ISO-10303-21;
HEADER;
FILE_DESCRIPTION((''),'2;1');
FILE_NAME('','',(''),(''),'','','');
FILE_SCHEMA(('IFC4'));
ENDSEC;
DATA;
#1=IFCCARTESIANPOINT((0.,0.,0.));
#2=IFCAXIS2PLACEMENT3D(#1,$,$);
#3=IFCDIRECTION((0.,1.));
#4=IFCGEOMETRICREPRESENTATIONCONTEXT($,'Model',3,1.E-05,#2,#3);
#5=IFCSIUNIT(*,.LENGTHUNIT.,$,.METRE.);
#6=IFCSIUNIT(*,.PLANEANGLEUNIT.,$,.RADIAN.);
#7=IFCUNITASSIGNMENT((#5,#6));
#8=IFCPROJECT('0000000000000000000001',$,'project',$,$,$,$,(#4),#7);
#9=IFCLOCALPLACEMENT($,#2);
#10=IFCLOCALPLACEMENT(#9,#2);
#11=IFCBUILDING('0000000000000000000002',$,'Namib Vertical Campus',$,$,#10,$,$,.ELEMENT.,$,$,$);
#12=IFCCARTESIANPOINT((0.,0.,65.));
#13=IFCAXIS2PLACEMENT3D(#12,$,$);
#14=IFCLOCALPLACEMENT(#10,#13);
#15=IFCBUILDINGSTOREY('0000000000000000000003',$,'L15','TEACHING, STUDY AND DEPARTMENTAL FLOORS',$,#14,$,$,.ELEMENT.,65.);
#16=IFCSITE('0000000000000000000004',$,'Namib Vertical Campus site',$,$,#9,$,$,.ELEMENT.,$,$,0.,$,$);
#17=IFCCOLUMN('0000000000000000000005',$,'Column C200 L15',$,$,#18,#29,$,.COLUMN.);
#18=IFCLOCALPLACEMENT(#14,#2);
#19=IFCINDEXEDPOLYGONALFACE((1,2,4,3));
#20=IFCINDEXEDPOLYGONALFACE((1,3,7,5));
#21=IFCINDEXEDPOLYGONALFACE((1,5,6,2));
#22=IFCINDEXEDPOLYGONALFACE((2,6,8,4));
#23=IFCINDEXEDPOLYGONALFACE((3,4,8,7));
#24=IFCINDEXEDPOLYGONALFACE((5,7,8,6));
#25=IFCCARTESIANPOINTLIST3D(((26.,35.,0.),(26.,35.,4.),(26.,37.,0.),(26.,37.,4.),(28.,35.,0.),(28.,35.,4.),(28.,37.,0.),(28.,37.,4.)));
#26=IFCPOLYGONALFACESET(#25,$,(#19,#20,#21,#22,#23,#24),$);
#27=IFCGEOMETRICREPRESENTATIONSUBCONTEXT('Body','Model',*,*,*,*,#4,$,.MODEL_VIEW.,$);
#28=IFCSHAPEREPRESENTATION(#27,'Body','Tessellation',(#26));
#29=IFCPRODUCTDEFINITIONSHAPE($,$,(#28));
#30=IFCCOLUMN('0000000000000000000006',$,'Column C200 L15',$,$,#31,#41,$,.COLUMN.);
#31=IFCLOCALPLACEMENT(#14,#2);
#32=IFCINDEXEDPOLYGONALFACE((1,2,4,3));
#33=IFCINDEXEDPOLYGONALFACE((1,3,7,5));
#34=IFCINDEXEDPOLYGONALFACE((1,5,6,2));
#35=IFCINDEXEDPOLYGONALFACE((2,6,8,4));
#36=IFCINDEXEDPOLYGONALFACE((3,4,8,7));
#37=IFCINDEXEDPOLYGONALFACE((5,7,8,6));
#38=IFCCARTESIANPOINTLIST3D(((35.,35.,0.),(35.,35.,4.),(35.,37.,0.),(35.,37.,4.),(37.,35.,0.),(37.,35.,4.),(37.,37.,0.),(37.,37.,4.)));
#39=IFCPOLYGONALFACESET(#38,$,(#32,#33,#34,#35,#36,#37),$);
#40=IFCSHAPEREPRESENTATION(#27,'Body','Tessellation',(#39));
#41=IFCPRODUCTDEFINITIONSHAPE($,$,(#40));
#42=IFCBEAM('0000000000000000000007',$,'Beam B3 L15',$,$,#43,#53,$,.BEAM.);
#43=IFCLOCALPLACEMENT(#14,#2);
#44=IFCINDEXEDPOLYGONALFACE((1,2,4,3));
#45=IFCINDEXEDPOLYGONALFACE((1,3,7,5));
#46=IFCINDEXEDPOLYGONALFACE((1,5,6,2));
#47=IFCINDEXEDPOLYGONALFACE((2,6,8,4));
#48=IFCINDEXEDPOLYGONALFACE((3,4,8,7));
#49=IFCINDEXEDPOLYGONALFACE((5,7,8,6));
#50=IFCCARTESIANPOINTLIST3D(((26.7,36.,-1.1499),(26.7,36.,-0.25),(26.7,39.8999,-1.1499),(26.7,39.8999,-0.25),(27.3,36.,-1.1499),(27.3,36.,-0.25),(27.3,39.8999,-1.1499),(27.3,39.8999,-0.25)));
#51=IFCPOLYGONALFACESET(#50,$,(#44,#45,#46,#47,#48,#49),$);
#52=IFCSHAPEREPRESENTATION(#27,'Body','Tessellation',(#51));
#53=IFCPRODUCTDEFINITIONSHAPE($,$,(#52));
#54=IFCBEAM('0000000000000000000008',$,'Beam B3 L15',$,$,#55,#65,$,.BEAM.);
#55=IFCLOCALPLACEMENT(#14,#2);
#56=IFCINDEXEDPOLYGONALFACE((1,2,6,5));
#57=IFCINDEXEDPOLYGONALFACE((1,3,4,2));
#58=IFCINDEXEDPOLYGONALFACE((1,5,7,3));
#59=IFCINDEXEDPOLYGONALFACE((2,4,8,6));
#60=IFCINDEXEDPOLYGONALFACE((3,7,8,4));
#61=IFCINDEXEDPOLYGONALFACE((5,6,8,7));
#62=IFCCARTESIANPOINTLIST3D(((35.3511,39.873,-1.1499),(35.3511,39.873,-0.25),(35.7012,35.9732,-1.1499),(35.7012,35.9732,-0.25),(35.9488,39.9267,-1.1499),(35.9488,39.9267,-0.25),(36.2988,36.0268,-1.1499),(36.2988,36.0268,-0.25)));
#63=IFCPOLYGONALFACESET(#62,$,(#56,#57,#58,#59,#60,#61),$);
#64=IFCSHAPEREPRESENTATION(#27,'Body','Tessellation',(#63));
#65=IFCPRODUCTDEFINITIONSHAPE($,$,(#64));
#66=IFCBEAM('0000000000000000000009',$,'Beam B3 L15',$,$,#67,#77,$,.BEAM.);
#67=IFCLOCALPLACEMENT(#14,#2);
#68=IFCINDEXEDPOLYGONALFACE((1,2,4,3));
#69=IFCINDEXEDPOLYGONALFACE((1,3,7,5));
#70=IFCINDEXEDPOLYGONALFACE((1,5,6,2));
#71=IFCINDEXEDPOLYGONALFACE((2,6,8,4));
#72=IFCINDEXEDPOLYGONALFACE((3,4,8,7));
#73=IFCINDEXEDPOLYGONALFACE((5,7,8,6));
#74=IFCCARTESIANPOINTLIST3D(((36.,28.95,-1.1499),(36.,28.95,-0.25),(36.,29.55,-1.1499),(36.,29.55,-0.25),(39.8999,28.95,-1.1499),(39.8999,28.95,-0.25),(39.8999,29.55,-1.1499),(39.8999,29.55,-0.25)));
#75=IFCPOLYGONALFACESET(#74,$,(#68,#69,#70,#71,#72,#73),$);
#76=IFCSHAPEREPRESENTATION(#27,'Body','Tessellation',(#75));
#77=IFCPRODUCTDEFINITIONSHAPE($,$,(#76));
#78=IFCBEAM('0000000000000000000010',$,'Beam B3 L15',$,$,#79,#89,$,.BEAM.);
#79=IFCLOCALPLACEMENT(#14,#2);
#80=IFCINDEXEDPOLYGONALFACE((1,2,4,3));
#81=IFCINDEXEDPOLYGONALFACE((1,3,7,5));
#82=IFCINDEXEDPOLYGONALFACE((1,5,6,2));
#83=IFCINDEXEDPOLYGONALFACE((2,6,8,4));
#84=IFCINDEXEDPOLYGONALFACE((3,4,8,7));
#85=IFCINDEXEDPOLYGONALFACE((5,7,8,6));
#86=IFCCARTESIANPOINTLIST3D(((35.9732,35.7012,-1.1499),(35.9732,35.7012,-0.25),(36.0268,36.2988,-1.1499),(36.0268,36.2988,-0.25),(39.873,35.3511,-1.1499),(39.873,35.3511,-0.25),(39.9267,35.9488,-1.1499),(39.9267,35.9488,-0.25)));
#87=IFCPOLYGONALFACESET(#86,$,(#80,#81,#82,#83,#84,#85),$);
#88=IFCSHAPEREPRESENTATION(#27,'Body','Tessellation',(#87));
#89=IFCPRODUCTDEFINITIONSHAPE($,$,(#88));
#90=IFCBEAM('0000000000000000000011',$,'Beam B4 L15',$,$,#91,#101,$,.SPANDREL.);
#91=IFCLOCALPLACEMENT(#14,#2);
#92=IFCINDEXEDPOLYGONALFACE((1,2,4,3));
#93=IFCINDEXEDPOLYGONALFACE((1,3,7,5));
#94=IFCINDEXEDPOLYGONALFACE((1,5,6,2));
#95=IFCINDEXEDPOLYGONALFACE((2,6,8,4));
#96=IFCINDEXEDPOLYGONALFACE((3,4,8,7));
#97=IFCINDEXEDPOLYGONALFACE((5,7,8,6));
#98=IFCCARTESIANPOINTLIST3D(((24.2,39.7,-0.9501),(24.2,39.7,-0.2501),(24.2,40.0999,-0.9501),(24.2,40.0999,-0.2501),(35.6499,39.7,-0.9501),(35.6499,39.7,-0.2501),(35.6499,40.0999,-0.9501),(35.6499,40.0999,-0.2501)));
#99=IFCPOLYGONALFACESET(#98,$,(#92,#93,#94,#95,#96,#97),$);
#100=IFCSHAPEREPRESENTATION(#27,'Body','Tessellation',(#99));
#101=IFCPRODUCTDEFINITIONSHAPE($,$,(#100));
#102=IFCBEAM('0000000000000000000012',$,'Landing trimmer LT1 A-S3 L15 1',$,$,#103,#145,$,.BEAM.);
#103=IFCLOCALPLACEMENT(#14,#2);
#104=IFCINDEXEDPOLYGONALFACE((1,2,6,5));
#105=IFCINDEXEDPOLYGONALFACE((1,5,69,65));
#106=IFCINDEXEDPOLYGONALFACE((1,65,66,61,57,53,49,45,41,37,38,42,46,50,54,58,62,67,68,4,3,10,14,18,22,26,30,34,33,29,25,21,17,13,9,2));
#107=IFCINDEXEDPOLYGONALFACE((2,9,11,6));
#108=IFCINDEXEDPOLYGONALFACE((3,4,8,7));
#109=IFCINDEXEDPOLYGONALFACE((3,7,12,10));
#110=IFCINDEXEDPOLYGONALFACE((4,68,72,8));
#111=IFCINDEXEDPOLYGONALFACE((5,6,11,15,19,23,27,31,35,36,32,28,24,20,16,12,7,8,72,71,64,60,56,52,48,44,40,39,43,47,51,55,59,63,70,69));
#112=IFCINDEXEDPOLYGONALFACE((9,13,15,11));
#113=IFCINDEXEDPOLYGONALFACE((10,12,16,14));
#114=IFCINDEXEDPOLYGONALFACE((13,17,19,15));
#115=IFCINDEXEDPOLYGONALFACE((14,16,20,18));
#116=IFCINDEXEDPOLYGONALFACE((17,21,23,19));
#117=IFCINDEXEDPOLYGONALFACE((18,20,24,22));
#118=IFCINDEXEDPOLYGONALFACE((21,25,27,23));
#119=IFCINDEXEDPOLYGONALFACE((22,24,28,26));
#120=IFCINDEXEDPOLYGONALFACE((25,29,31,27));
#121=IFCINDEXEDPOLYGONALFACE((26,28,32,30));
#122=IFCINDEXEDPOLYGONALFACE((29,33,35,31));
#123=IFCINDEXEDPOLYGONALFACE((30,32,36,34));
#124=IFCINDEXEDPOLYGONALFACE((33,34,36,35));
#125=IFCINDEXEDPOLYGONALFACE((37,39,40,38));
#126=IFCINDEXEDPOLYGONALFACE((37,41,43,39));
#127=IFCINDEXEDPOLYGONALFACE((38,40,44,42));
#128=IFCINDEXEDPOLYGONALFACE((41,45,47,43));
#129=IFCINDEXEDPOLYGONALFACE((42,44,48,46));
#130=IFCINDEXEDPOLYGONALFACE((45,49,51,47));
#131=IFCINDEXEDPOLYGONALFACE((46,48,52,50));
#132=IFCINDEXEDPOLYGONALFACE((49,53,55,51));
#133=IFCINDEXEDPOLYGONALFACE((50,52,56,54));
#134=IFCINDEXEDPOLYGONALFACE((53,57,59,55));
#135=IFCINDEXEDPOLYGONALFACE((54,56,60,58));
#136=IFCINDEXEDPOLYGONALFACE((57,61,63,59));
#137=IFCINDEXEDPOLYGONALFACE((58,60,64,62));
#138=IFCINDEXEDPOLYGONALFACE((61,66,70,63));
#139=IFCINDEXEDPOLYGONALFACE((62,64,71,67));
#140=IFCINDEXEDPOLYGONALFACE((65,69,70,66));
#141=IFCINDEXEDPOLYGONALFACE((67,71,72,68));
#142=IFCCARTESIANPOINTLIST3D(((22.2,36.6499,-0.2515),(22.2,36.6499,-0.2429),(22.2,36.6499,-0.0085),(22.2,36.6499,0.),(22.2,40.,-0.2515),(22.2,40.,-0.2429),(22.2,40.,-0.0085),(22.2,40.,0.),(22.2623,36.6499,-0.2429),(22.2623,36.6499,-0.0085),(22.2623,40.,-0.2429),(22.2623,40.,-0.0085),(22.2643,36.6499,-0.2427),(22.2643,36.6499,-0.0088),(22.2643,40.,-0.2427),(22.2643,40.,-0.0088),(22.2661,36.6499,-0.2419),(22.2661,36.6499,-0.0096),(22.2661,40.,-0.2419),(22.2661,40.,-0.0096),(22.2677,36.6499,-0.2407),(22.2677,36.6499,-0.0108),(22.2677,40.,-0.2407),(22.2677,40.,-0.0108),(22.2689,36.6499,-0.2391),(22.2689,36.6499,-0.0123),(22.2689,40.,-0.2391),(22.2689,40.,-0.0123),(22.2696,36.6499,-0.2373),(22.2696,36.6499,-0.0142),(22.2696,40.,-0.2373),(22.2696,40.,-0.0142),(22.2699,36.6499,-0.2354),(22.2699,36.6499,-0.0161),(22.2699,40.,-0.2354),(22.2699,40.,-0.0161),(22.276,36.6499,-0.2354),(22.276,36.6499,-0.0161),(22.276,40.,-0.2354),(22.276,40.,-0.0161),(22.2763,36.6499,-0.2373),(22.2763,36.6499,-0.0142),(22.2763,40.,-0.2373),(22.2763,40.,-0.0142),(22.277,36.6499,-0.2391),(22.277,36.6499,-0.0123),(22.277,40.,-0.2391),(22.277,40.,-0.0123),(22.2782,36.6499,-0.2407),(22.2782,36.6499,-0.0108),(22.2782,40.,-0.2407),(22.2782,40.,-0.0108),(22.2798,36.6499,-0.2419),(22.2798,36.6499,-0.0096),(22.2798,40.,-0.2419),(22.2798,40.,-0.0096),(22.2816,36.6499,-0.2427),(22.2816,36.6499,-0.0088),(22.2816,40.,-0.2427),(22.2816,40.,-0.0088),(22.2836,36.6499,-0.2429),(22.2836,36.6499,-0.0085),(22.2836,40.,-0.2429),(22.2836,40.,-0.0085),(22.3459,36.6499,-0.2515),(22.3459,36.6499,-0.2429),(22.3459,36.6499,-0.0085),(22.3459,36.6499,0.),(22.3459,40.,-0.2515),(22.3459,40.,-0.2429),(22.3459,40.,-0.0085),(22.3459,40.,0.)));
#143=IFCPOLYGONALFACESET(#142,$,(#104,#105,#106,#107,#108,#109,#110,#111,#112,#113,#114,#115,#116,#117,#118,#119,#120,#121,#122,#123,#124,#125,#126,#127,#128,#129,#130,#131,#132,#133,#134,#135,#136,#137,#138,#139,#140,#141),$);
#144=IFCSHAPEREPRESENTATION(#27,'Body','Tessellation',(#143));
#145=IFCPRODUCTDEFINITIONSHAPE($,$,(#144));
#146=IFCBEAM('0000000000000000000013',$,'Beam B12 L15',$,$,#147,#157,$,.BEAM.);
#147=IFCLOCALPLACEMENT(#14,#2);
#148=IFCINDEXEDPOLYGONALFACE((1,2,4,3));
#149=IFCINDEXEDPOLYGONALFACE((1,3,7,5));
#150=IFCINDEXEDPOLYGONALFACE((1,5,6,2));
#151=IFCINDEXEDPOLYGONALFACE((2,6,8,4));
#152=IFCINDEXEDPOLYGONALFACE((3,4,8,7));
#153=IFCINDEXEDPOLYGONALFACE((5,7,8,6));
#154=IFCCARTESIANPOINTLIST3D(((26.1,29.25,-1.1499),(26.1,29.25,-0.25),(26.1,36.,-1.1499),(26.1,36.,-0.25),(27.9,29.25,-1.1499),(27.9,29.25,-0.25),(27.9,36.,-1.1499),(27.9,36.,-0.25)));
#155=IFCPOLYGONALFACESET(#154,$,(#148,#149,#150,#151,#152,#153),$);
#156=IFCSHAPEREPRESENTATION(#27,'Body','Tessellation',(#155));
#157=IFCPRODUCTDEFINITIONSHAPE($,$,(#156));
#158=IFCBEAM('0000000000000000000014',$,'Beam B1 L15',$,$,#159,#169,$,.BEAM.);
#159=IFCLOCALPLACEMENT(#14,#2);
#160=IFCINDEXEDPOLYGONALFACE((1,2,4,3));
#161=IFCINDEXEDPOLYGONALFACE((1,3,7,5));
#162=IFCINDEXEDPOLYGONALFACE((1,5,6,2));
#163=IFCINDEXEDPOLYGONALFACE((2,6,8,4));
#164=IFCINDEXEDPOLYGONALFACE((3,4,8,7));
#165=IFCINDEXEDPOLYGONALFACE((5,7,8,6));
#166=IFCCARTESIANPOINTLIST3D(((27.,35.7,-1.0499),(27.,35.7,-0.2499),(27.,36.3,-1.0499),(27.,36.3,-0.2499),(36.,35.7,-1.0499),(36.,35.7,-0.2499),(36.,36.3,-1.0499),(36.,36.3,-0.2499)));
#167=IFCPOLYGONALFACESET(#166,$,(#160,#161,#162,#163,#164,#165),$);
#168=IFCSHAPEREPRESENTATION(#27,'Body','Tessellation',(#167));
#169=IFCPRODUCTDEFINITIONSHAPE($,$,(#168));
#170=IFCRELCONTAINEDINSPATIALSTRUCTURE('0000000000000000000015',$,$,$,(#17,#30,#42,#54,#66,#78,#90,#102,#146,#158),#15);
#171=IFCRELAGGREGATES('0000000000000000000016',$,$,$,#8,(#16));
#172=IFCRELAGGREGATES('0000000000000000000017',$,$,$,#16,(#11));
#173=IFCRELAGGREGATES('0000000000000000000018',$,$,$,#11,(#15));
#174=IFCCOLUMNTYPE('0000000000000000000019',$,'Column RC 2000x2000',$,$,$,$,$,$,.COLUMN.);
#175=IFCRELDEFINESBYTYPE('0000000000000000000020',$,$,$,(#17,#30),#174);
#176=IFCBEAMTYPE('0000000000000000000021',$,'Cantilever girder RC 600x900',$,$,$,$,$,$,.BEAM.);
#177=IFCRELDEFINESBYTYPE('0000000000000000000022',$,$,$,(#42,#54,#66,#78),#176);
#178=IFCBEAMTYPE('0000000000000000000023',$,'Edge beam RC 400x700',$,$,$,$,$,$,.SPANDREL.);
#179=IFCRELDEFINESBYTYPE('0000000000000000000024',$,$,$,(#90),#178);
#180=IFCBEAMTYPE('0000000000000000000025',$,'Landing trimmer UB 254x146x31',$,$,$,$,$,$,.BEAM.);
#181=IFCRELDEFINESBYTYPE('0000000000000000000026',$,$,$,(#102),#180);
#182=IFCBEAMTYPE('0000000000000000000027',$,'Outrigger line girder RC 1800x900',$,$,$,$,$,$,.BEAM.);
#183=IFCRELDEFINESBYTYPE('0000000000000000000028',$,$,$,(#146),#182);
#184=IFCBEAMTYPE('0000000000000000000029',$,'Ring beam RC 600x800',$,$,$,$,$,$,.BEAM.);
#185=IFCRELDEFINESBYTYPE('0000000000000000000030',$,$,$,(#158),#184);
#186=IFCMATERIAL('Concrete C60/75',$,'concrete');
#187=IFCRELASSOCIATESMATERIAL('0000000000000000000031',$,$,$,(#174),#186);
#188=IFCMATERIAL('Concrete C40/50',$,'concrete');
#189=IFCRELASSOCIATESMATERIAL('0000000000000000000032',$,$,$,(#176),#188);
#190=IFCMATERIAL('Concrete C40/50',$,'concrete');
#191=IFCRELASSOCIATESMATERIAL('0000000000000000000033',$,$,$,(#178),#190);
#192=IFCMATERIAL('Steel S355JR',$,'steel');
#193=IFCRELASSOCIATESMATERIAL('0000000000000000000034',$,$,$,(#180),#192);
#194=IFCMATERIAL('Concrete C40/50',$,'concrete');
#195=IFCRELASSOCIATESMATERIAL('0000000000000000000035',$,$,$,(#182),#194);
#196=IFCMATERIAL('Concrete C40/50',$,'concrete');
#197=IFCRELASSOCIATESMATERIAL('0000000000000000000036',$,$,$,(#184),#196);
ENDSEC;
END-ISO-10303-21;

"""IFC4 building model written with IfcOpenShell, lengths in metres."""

from ifc_helpers import new_model, si_unit, direction, frame, origin, origin_2d, place, context, subcontext, project, spatial, rectangle, i_section, extrude, material, material_profile, profile_set, type_object, element, save


model = new_model("IFC4")

# Units and contexts
model_context = context("Model", 3, precision=1e-05, world=origin(), true_north=direction((0.0, 1.0)))
body_context = subcontext(model_context, "Body", "Model", "MODEL_VIEW")
ifc_project = project(units=[si_unit("LENGTHUNIT", "METRE"), si_unit("PLANEANGLEUNIT", "RADIAN")], contexts=[model_context])

# Site, building, storey
site_placement = place(None, origin())
site = spatial("IfcSite", under=ifc_project, at=site_placement, Name="Namib Vertical Campus site", CompositionType="ELEMENT", RefElevation=0.0)
building_placement = place(site_placement, origin())
building = spatial("IfcBuilding", under=site, at=building_placement, Name="Namib Vertical Campus", CompositionType="ELEMENT")
storey_placement = place(building_placement, frame((0.0, 0.0, 65.0)))
storey = spatial("IfcBuildingStorey", under=building, at=storey_placement, Name="L15", Description="TEACHING, STUDY AND DEPARTMENTAL FLOORS", CompositionType="ELEMENT", Elevation=65.0)

# Columns
ifc_material_1 = material(Name="Concrete C60/75", Category="concrete")
ifc_material_profile_1 = material_profile(ifc_material_1, rectangle(XDim=2.0, YDim=2.0, at=origin_2d()))
ifc_profile_set_1 = profile_set([ifc_material_profile_1], Name="Concrete C60/75")
column_type = type_object("IfcColumnType", Name="Column RC 2000x2000", PredefinedType="COLUMN", material=ifc_profile_set_1)
for number, where, z_axis, x_axis, name in (
    (1, (27.0, 36.0, 0.0), (0.0, 0.0, 1.0), (1.0, 0.0, 0.0), "Column C200 L15"),
    (2, (36.0, 36.0, 0.0), (0.0, 0.0, 1.0), (1.0, 0.0, 0.0), "Column C200 L15"),
):
    element("IfcColumn", number, at=place(storey_placement, frame(where, z_axis=z_axis, x_axis=x_axis)), inside=storey, type_object=column_type, Name=name, PredefinedType="COLUMN", context=body_context, shape_type="SweptSolid", body=[
        extrude(rectangle(XDim=2.0, YDim=2.0, at=origin_2d()), origin(), (0.0, 0.0, 1.0), 4.0),
    ])

# Beams
ifc_material_2 = material(Name="Concrete C40/50", Category="concrete")
ifc_material_profile_2 = material_profile(ifc_material_2, rectangle(XDim=0.6001, YDim=0.8999, at=origin_2d()))
ifc_profile_set_2 = profile_set([ifc_material_profile_2], Name="Concrete C40/50")
beam_type_1 = type_object("IfcBeamType", Name="Cantilever girder RC 600x900", PredefinedType="BEAM", material=ifc_profile_set_2)
beam_1_placement = place(storey_placement, frame((27.0, 36.0, -0.7), z_axis=(0.0, 1.0, 0.0), x_axis=(-1.0, 0.0, 0.0)))
element("IfcBeam", 3, at=beam_1_placement, inside=storey, type_object=beam_type_1, Name="Beam B3 L15", PredefinedType="BEAM", context=body_context, shape_type="SweptSolid", body=[
    extrude(rectangle(XDim=0.6001, YDim=0.8999, at=origin_2d()), origin(), (0.0, 0.0, 1.0), 3.8999),
])
beam_2_placement = place(storey_placement, frame((36.0, 36.0, -0.7), z_axis=(-0.089411, 0.995995, 0.0), x_axis=(-0.995995, -0.089411, 0.0)))
element("IfcBeam", 4, at=beam_2_placement, inside=storey, type_object=beam_type_1, Name="Beam B3 L15", PredefinedType="BEAM", context=body_context, shape_type="SweptSolid", body=[
    extrude(rectangle(XDim=0.6001, YDim=0.8999, at=origin_2d()), origin(), (0.0, 0.0, 1.0), 3.9155),
])
beam_3_placement = place(storey_placement, frame((36.0, 29.25, -0.7), z_axis=(1.0, 0.0, 0.0), x_axis=(0.0, 1.0, 0.0)))
element("IfcBeam", 5, at=beam_3_placement, inside=storey, type_object=beam_type_1, Name="Beam B3 L15", PredefinedType="BEAM", context=body_context, shape_type="SweptSolid", body=[
    extrude(rectangle(XDim=0.6001, YDim=0.8999, at=origin_2d()), origin(), (0.0, 0.0, 1.0), 3.8999),
])
beam_4_placement = place(storey_placement, frame((36.0, 36.0, -0.7), z_axis=(0.995995, -0.089411, 0.0), x_axis=(0.089411, 0.995995, 0.0)))
element("IfcBeam", 6, at=beam_4_placement, inside=storey, type_object=beam_type_1, Name="Beam B3 L15", PredefinedType="BEAM", context=body_context, shape_type="SweptSolid", body=[
    extrude(rectangle(XDim=0.6001, YDim=0.8999, at=origin_2d()), origin(), (0.0, 0.0, 1.0), 3.9155),
])
ifc_material_3 = material(Name="Concrete C40/50", Category="concrete")
ifc_material_profile_3 = material_profile(ifc_material_3, rectangle(XDim=0.3999, YDim=0.7, at=origin_2d()))
ifc_profile_set_3 = profile_set([ifc_material_profile_3], Name="Concrete C40/50")
beam_type_2 = type_object("IfcBeamType", Name="Edge beam RC 400x700", PredefinedType="SPANDREL", material=ifc_profile_set_3)
beam_5_placement = place(storey_placement, frame((24.2, 39.8999, -0.6001), z_axis=(1.0, 0.0, 0.0), x_axis=(0.0, 1.0, 0.0)))
element("IfcBeam", 7, at=beam_5_placement, inside=storey, type_object=beam_type_2, Name="Beam B4 L15", PredefinedType="SPANDREL", context=body_context, shape_type="SweptSolid", body=[
    extrude(rectangle(XDim=0.3999, YDim=0.7, at=origin_2d()), origin(), (0.0, 0.0, 1.0), 11.45),
])
ifc_material_4 = material(Name="Steel S355JR", Category="steel")
ifc_material_profile_4 = material_profile(ifc_material_4, i_section(OverallWidth=0.146, OverallDepth=0.2515, WebThickness=0.0061, FlangeThickness=0.0085, FilletRadius=0.0076, at=origin_2d()))
ifc_profile_set_4 = profile_set([ifc_material_profile_4], Name="Steel S355JR")
beam_type_3 = type_object("IfcBeamType", Name="Landing trimmer UB 254x146x31", PredefinedType="BEAM", material=ifc_profile_set_4)
beam_6_placement = place(storey_placement, frame((22.2729, 36.6499, -0.1257), z_axis=(0.0, 1.0, 0.0), x_axis=(-1.0, 0.0, 0.0)))
element("IfcBeam", 8, at=beam_6_placement, inside=storey, type_object=beam_type_3, Name="Landing trimmer LT1 A-S3 L15 1", PredefinedType="BEAM", context=body_context, shape_type="SweptSolid", body=[
    extrude(i_section(OverallWidth=0.146, OverallDepth=0.2515, WebThickness=0.0061, FlangeThickness=0.0085, FilletRadius=0.0076, at=origin_2d()), origin(), (0.0, 0.0, 1.0), 3.3501),
])
ifc_material_5 = material(Name="Concrete C40/50", Category="concrete")
ifc_material_profile_5 = material_profile(ifc_material_5, rectangle(XDim=1.8, YDim=0.8999, at=origin_2d()))
ifc_profile_set_5 = profile_set([ifc_material_profile_5], Name="Concrete C40/50")
beam_type_4 = type_object("IfcBeamType", Name="Outrigger line girder RC 1800x900", PredefinedType="BEAM", material=ifc_profile_set_5)
beam_7_placement = place(storey_placement, frame((27.0, 36.0, -0.7), z_axis=(0.0, -1.0, 0.0), x_axis=(1.0, 0.0, 0.0)))
element("IfcBeam", 9, at=beam_7_placement, inside=storey, type_object=beam_type_4, Name="Beam B12 L15", PredefinedType="BEAM", context=body_context, shape_type="SweptSolid", body=[
    extrude(rectangle(XDim=1.8, YDim=0.8999, at=origin_2d()), origin(), (0.0, 0.0, 1.0), 6.75),
])
ifc_material_6 = material(Name="Concrete C40/50", Category="concrete")
ifc_material_profile_6 = material_profile(ifc_material_6, rectangle(XDim=0.6001, YDim=0.8, at=origin_2d()))
ifc_profile_set_6 = profile_set([ifc_material_profile_6], Name="Concrete C40/50")
beam_type_5 = type_object("IfcBeamType", Name="Ring beam RC 600x800", PredefinedType="BEAM", material=ifc_profile_set_6)
beam_8_placement = place(storey_placement, frame((27.0, 36.0, -0.6499), z_axis=(1.0, 0.0, 0.0), x_axis=(0.0, 1.0, 0.0)))
element("IfcBeam", 10, at=beam_8_placement, inside=storey, type_object=beam_type_5, Name="Beam B1 L15", PredefinedType="BEAM", context=body_context, shape_type="SweptSolid", body=[
    extrude(rectangle(XDim=0.6001, YDim=0.8, at=origin_2d()), origin(), (0.0, 0.0, 1.0), 9.0),
])

save(model, "model.ifc")
